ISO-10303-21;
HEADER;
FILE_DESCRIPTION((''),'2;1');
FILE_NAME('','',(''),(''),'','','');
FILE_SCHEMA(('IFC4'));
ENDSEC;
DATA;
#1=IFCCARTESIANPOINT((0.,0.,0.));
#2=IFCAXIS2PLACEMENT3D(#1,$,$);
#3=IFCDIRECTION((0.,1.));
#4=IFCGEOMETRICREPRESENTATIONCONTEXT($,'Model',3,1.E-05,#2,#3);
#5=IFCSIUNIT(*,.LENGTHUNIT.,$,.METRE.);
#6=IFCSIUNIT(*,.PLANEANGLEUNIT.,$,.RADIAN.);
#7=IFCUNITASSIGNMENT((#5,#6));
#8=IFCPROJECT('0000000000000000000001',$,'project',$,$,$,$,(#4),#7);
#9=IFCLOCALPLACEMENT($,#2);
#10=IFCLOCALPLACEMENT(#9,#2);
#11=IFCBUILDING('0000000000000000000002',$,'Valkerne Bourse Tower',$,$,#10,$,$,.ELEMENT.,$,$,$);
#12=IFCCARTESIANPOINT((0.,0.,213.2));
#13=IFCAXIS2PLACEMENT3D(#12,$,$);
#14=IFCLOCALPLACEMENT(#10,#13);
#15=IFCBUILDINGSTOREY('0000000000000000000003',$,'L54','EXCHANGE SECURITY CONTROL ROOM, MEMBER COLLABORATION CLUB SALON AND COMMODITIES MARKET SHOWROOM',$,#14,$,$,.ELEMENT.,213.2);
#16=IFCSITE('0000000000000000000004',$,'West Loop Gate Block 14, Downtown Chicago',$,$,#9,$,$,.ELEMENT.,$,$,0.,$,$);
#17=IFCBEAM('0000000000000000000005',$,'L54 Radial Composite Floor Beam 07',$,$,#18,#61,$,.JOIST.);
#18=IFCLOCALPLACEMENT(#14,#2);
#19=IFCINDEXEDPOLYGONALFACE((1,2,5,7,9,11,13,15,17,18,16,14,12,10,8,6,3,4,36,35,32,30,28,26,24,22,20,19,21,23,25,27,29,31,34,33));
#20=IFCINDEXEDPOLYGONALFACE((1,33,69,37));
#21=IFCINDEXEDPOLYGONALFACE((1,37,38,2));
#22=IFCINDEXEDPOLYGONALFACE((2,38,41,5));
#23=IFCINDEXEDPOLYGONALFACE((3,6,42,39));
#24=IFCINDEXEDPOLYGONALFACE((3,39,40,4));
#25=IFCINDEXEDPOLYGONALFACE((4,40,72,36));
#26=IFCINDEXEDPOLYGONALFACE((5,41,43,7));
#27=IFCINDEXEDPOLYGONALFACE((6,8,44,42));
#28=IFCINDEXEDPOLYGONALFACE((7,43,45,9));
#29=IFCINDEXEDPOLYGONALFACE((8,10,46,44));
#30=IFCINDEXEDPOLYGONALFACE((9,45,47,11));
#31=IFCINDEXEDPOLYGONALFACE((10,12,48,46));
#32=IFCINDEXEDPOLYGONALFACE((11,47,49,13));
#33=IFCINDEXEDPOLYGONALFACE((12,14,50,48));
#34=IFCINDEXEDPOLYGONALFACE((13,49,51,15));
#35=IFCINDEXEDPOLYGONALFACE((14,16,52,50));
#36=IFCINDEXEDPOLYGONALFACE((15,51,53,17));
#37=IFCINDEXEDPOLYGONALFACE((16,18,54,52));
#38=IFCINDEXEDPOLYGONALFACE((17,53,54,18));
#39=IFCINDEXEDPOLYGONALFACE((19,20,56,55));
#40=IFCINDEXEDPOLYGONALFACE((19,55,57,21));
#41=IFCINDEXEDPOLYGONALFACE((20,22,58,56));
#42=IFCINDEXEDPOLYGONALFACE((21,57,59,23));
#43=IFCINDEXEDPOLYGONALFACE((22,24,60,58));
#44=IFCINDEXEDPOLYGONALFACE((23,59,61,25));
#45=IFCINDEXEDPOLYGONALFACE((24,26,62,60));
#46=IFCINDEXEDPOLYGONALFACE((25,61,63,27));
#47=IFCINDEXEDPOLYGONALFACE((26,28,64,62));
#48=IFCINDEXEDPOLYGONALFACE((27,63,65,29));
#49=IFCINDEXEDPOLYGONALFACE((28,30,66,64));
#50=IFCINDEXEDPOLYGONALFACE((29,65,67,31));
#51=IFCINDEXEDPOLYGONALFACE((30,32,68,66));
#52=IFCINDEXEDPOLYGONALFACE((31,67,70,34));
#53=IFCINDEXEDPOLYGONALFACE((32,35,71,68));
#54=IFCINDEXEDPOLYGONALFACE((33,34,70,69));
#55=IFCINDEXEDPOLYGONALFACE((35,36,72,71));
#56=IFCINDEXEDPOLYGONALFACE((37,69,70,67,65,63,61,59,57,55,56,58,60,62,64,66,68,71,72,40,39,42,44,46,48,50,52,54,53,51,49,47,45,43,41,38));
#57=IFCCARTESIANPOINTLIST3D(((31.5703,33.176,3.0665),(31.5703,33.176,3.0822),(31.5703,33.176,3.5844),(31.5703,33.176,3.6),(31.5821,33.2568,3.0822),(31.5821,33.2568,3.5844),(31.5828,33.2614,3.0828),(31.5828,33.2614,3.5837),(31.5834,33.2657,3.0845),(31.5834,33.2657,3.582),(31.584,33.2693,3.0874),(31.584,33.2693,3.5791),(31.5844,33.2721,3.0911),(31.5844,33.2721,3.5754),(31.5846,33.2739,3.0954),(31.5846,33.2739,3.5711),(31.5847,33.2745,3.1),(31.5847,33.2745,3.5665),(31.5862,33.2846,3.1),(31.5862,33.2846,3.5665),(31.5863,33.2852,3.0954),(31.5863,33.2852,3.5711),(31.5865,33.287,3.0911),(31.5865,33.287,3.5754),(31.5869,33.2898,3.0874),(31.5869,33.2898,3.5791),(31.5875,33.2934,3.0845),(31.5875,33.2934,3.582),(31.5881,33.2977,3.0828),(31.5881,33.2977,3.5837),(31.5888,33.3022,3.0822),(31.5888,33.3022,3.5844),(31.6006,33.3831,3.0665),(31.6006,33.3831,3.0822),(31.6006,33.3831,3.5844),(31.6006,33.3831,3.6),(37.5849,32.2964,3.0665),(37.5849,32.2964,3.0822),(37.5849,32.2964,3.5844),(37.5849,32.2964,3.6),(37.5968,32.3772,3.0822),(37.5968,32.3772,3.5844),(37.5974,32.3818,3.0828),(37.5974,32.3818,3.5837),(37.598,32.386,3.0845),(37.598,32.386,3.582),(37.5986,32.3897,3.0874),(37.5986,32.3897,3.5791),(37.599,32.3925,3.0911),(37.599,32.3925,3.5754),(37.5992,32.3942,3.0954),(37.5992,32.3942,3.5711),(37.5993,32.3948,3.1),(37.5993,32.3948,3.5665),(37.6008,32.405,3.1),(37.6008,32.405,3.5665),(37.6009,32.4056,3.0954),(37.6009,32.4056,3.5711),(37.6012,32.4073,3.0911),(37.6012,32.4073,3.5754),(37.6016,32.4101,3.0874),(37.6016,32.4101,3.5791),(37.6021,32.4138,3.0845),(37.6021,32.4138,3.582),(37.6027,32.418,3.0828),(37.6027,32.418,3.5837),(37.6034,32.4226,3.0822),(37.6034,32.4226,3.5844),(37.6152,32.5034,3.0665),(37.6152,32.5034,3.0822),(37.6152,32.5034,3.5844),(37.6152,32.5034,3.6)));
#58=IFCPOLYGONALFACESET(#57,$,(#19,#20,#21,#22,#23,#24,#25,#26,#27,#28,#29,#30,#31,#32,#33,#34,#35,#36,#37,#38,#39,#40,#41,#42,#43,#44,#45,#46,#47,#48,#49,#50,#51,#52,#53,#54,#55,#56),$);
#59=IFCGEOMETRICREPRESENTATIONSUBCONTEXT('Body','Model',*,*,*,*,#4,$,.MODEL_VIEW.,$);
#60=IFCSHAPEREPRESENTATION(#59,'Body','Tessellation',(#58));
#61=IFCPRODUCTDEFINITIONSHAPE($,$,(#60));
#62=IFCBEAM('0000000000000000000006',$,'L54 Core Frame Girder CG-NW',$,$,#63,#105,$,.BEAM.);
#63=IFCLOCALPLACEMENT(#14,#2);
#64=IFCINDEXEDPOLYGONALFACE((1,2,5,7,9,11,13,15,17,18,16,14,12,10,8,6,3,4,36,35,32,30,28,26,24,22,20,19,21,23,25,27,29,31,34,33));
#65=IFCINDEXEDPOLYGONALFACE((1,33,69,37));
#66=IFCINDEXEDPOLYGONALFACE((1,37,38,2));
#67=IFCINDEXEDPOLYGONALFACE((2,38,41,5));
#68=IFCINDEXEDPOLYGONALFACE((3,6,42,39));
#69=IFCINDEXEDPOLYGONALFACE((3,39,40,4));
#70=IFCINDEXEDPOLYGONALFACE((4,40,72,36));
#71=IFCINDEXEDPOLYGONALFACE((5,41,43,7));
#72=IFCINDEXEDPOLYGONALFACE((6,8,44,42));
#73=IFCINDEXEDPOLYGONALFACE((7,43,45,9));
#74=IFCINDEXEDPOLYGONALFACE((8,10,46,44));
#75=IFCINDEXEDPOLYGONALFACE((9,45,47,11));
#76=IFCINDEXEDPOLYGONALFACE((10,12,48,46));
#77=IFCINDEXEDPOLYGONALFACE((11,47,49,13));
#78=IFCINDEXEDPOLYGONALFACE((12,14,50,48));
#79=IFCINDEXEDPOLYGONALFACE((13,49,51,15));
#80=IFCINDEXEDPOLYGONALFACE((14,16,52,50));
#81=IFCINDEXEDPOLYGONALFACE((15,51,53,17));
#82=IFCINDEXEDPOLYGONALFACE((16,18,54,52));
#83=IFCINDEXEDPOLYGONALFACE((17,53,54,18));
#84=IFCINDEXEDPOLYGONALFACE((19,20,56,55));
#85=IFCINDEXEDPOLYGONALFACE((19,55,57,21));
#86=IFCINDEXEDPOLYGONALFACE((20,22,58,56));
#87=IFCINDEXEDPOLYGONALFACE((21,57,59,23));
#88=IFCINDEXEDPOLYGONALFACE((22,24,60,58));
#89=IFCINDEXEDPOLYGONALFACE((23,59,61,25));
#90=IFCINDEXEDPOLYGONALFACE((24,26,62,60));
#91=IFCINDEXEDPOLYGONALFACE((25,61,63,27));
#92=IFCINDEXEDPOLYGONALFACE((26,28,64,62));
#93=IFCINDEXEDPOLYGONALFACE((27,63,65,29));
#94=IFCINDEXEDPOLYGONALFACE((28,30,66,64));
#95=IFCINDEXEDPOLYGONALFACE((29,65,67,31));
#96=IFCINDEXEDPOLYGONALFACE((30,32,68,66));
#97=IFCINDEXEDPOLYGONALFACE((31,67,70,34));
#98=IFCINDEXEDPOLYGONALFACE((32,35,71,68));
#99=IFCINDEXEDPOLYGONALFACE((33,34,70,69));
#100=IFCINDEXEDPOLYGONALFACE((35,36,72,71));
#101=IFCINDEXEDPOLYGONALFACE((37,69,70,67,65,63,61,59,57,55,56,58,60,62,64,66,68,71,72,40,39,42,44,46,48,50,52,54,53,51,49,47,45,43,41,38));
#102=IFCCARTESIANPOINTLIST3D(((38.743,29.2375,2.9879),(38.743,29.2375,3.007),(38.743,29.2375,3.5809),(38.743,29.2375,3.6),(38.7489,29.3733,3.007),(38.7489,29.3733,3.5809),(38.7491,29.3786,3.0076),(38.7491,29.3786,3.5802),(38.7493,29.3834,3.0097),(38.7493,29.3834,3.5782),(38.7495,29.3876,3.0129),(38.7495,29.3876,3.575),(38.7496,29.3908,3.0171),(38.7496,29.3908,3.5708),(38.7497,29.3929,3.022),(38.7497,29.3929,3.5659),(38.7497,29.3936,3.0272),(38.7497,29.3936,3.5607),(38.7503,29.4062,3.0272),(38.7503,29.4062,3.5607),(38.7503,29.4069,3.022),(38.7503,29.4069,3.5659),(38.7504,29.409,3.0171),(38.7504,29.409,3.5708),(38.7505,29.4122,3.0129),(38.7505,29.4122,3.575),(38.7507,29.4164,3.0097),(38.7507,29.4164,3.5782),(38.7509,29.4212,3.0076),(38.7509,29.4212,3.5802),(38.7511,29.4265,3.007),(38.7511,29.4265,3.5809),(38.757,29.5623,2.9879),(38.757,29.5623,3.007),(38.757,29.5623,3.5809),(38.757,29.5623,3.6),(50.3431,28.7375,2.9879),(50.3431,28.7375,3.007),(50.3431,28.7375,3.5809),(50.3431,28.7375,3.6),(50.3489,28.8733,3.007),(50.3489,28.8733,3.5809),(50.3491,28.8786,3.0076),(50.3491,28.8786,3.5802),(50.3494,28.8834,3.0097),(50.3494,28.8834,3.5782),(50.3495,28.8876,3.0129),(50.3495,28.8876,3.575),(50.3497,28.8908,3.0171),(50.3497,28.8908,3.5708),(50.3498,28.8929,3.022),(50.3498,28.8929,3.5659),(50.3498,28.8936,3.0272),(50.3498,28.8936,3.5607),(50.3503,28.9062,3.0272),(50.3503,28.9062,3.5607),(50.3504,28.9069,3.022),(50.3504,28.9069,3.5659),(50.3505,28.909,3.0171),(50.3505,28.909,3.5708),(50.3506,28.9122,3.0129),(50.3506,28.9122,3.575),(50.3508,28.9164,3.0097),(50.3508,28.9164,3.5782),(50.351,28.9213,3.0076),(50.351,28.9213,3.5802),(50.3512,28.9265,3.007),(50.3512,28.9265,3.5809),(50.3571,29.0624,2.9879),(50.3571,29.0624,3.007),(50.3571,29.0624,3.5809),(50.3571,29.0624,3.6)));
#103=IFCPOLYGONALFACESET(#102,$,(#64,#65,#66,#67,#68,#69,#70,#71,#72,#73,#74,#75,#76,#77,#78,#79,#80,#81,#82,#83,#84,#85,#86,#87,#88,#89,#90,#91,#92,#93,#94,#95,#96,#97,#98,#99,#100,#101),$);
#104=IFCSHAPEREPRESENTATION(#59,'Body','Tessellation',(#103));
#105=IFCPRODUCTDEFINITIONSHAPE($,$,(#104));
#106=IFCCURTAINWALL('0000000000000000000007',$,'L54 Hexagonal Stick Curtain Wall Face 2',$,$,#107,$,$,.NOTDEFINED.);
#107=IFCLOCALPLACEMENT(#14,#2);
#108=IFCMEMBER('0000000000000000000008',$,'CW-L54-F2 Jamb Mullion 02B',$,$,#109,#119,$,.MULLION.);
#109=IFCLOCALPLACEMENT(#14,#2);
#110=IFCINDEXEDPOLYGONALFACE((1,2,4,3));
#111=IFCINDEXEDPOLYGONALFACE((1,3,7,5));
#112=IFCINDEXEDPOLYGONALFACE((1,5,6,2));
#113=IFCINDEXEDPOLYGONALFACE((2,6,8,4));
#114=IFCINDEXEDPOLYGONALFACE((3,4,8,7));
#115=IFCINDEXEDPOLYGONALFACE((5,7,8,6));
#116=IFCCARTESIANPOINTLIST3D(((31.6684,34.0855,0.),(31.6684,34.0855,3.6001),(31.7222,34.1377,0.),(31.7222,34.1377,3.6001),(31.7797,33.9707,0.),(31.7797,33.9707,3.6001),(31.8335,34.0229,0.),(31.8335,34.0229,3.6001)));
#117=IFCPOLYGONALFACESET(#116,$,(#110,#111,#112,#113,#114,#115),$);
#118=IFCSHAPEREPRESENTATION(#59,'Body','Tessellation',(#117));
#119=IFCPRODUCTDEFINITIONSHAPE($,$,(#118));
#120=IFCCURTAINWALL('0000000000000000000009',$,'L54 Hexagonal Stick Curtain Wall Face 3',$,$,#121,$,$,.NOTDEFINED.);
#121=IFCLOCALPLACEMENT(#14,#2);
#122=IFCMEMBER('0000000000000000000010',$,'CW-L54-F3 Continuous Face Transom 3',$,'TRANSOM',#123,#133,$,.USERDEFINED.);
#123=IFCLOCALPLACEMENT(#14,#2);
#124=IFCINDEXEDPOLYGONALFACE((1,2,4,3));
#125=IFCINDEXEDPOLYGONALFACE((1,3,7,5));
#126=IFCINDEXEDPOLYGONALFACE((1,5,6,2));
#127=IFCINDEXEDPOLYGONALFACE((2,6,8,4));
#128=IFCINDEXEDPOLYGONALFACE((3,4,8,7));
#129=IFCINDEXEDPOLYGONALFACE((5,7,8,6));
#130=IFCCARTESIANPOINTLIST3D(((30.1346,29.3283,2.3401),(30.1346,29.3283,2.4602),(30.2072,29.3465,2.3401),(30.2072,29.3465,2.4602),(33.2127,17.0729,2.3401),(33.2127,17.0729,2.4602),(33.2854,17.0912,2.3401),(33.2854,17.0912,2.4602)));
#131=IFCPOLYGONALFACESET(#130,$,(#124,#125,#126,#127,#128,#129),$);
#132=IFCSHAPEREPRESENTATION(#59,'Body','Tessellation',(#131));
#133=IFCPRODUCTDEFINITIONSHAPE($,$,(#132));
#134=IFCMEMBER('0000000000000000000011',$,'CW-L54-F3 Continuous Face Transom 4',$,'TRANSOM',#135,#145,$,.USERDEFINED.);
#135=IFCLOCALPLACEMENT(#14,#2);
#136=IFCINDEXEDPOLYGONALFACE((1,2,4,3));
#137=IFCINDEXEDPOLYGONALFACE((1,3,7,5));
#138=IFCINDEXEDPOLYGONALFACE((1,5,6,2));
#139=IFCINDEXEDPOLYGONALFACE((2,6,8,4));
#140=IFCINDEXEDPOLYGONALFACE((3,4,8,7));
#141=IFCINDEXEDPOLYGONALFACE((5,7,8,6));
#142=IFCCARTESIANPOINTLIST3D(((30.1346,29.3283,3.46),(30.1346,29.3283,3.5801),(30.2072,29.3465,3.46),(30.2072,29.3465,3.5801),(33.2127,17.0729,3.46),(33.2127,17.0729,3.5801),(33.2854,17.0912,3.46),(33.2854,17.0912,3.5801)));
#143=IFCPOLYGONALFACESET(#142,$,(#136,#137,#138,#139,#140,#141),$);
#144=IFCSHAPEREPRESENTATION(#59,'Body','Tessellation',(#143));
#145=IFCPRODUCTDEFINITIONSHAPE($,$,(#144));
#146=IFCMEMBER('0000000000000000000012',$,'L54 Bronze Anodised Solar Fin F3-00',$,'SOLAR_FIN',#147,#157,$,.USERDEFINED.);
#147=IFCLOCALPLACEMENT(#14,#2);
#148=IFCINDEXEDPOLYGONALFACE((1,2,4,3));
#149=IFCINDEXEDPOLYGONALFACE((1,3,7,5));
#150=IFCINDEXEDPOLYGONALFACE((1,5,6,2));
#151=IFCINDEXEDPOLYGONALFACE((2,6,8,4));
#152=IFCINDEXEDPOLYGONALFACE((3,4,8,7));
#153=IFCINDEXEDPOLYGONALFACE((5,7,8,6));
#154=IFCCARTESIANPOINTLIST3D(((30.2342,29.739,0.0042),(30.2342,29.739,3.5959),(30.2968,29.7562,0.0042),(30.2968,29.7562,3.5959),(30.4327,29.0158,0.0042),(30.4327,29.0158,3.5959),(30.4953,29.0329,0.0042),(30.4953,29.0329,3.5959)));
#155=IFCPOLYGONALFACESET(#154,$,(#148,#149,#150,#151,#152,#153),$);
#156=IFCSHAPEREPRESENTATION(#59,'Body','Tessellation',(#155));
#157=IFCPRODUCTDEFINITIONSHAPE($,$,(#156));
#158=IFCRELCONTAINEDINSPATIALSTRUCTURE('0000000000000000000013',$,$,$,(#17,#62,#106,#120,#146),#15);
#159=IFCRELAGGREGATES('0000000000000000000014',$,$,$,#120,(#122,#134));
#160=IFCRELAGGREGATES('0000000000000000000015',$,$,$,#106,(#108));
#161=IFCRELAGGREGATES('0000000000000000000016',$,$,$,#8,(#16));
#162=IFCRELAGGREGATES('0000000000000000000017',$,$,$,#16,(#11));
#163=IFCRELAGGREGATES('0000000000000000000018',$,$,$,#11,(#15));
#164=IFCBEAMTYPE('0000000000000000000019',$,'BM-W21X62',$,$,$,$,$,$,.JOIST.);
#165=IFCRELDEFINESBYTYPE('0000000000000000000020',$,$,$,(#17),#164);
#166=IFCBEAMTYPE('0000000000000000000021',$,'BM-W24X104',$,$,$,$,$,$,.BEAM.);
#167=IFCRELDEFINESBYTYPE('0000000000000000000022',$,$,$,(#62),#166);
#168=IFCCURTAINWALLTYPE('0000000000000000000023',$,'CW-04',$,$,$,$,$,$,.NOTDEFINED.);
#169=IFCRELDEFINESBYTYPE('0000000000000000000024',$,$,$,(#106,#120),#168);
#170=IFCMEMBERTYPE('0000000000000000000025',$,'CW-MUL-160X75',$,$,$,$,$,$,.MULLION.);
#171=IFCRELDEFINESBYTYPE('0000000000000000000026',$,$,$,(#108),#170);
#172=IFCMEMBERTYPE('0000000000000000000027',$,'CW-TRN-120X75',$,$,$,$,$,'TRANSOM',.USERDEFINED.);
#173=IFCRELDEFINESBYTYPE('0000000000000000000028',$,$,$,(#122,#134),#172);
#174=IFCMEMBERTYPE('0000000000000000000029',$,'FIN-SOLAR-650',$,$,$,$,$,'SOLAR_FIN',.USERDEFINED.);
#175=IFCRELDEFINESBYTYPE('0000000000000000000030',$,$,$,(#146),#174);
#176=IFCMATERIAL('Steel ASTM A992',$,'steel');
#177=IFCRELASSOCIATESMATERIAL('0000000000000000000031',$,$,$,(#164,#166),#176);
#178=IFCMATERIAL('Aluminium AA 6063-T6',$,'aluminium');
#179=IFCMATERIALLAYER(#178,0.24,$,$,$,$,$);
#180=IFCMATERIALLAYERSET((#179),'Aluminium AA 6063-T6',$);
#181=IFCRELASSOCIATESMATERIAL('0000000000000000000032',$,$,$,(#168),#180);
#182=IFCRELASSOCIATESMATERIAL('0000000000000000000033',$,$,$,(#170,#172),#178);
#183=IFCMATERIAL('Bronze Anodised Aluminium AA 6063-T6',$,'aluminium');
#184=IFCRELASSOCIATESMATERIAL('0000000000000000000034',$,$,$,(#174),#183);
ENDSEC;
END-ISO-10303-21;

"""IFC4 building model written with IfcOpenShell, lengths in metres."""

from ifc_helpers import new_model, si_unit, direction, frame, origin, origin_2d, place, context, subcontext, project, spatial, rectangle, i_section, extrude, material, layer, layer_set, material_profile, profile_set, type_object, element, aggregate, save


model = new_model("IFC4")

# Units and contexts
model_context = context("Model", 3, precision=1e-05, world=origin(), true_north=direction((0.0, 1.0)))
body_context = subcontext(model_context, "Body", "Model", "MODEL_VIEW")
ifc_project = project(units=[si_unit("LENGTHUNIT", "METRE"), si_unit("PLANEANGLEUNIT", "RADIAN")], contexts=[model_context])

# Site, building, storey
site_placement = place(None, origin())
site = spatial("IfcSite", under=ifc_project, at=site_placement, Name="West Loop Gate Block 14, Downtown Chicago", CompositionType="ELEMENT", RefElevation=0.0)
building_placement = place(site_placement, origin())
building = spatial("IfcBuilding", under=site, at=building_placement, Name="Valkerne Bourse Tower", CompositionType="ELEMENT")
storey_placement = place(building_placement, frame((0.0, 0.0, 213.2)))
storey = spatial("IfcBuildingStorey", under=building, at=storey_placement, Name="L54", Description="EXCHANGE SECURITY CONTROL ROOM, MEMBER COLLABORATION CLUB SALON AND COMMODITIES MARKET SHOWROOM", CompositionType="ELEMENT", Elevation=213.2)

# Beams
ifc_material_1 = material(Name="Steel ASTM A992", Category="steel")
ifc_material_profile_1 = material_profile(ifc_material_1, i_section(OverallWidth=0.2092, OverallDepth=0.5334, WebThickness=0.0103, FlangeThickness=0.0156, FilletRadius=0.0178, at=origin_2d()), Name="W21X62")
ifc_profile_set_1 = profile_set([ifc_material_profile_1], Name="Steel ASTM A992")
beam_type_1 = type_object("IfcBeamType", Name="BM-W21X62", PredefinedType="JOIST", material=ifc_profile_set_1)
beam_1_placement = place(storey_placement, frame((31.5854, 33.2795, 3.3333), z_axis=(0.989474, -0.14471, 0.0), x_axis=(0.14471, 0.989474, 0.0)))
element("IfcBeam", 1, at=beam_1_placement, inside=storey, type_object=beam_type_1, Name="L54 Radial Composite Floor Beam 07", PredefinedType="JOIST", context=body_context, shape_type="SweptSolid", body=[
    extrude(i_section(OverallWidth=0.2092, OverallDepth=0.5334, WebThickness=0.0103, FlangeThickness=0.0156, FilletRadius=0.0178, at=origin_2d()), origin(), (0.0, 0.0, 1.0), 6.0786),
])
ifc_material_profile_2 = material_profile(ifc_material_1, i_section(OverallWidth=0.3252, OverallDepth=0.6121, WebThickness=0.0127, FlangeThickness=0.019, FilletRadius=0.0203, at=origin_2d()), Name="W24X104")
ifc_profile_set_2 = profile_set([ifc_material_profile_2], Name="Steel ASTM A992")
beam_type_2 = type_object("IfcBeamType", Name="BM-W24X104", PredefinedType="BEAM", material=ifc_profile_set_2)
beam_2_placement = place(storey_placement, frame((38.75, 29.3999, 3.2939), z_axis=(0.999072, -0.043063, 0.0), x_axis=(0.043063, 0.999072, 0.0)))
element("IfcBeam", 2, at=beam_2_placement, inside=storey, type_object=beam_type_2, Name="L54 Core Frame Girder CG-NW", PredefinedType="BEAM", context=body_context, shape_type="SweptSolid", body=[
    extrude(i_section(OverallWidth=0.3252, OverallDepth=0.6121, WebThickness=0.0127, FlangeThickness=0.019, FilletRadius=0.0203, at=origin_2d()), origin(), (0.0, 0.0, 1.0), 11.6108),
])

# Curtain wall, member
ifc_material_2 = material(Name="Aluminium AA 6063-T6", Category="aluminium")
ifc_layer_1 = layer(ifc_material_2, 0.24)
ifc_layer_set_1 = layer_set([ifc_layer_1], Name="Aluminium AA 6063-T6")
curtain_wall_type = type_object("IfcCurtainWallType", Name="CW-04", PredefinedType="NOTDEFINED", material=ifc_layer_set_1)
curtain_wall_1_placement = place(storey_placement, origin())
curtain_wall_1 = element("IfcCurtainWall", 3, at=curtain_wall_1_placement, inside=storey, type_object=curtain_wall_type, Name="L54 Hexagonal Stick Curtain Wall Face 2", PredefinedType="NOTDEFINED")
ifc_material_profile_3 = material_profile(ifc_material_2, rectangle(XDim=0.075, YDim=0.1599, at=origin_2d()), Name="CWM-75X160")
ifc_profile_set_3 = profile_set([ifc_material_profile_3], Name="Aluminium AA 6063-T6")
member_type_1 = type_object("IfcMemberType", Name="CW-MUL-160X75", PredefinedType="MULLION", material=ifc_profile_set_3)
member_1_placement = place(storey_placement, frame((31.751, 34.0542, 0.0), z_axis=(0.0, 0.0, 1.0), x_axis=(-0.718119, -0.69592, 0.0)))
member_1 = element("IfcMember", 4, at=member_1_placement, type_object=member_type_1, Name="CW-L54-F2 Jamb Mullion 02B", PredefinedType="MULLION", context=body_context, shape_type="SweptSolid", body=[
    extrude(rectangle(XDim=0.075, YDim=0.1599, at=origin_2d()), origin(), (0.0, 0.0, 1.0), 3.6001),
])

# Curtain wall, members
curtain_wall_2_placement = place(storey_placement, origin())
curtain_wall_2 = element("IfcCurtainWall", 5, at=curtain_wall_2_placement, inside=storey, type_object=curtain_wall_type, Name="L54 Hexagonal Stick Curtain Wall Face 3", PredefinedType="NOTDEFINED")
ifc_material_profile_4 = material_profile(ifc_material_2, rectangle(XDim=0.075, YDim=0.1201, at=origin_2d()), Name="CWT-75X120")
ifc_profile_set_4 = profile_set([ifc_material_profile_4], Name="Aluminium AA 6063-T6")
member_type_2 = type_object("IfcMemberType", Name="CW-TRN-120X75", ElementType="TRANSOM", PredefinedType="USERDEFINED", material=ifc_profile_set_4)
member_2_placement = place(storey_placement, frame((30.1709, 29.3374, 2.4001), z_axis=(0.243599, -0.969876, 0.0), x_axis=(0.969876, 0.243599, 0.0)))
member_2 = element("IfcMember", 6, at=member_2_placement, type_object=member_type_2, Name="CW-L54-F3 Continuous Face Transom 3", ObjectType="TRANSOM", PredefinedType="USERDEFINED", context=body_context, shape_type="SweptSolid", body=[
    extrude(rectangle(XDim=0.075, YDim=0.1201, at=origin_2d()), origin(), (0.0, 0.0, 1.0), 12.636),
])
member_3_placement = place(storey_placement, frame((30.1709, 29.3374, 3.52), z_axis=(0.243599, -0.969876, 0.0), x_axis=(0.969876, 0.243599, 0.0)))
member_3 = element("IfcMember", 7, at=member_3_placement, type_object=member_type_2, Name="CW-L54-F3 Continuous Face Transom 4", ObjectType="TRANSOM", PredefinedType="USERDEFINED", context=body_context, shape_type="SweptSolid", body=[
    extrude(rectangle(XDim=0.075, YDim=0.1201, at=origin_2d()), origin(), (0.0, 0.0, 1.0), 12.636),
])
aggregate(curtain_wall_2, [member_2, member_3])

# Member
ifc_material_3 = material(Name="Bronze Anodised Aluminium AA 6063-T6", Category="aluminium")
ifc_material_profile_5 = material_profile(ifc_material_3, rectangle(XDim=0.0649, YDim=0.75, at=origin_2d()), Name="FIN-65X750")
ifc_profile_set_5 = profile_set([ifc_material_profile_5], Name="Bronze Anodised Aluminium AA 6063-T6")
member_type_3 = type_object("IfcMemberType", Name="FIN-SOLAR-650", ElementType="SOLAR_FIN", PredefinedType="USERDEFINED", material=ifc_profile_set_5)
member_4_placement = place(storey_placement, frame((30.3647, 29.386, 0.0042), z_axis=(0.0, 0.0, 1.0), x_axis=(-0.964353, -0.264621, 0.0)))
element("IfcMember", 8, at=member_4_placement, inside=storey, type_object=member_type_3, Name="L54 Bronze Anodised Solar Fin F3-00", ObjectType="SOLAR_FIN", PredefinedType="USERDEFINED", context=body_context, shape_type="SweptSolid", body=[
    extrude(rectangle(XDim=0.0649, YDim=0.75, at=origin_2d()), origin(), (0.0, 0.0, 1.0), 3.5918),
])

aggregate(curtain_wall_1, [member_1])

save(model, "model.ifc")
